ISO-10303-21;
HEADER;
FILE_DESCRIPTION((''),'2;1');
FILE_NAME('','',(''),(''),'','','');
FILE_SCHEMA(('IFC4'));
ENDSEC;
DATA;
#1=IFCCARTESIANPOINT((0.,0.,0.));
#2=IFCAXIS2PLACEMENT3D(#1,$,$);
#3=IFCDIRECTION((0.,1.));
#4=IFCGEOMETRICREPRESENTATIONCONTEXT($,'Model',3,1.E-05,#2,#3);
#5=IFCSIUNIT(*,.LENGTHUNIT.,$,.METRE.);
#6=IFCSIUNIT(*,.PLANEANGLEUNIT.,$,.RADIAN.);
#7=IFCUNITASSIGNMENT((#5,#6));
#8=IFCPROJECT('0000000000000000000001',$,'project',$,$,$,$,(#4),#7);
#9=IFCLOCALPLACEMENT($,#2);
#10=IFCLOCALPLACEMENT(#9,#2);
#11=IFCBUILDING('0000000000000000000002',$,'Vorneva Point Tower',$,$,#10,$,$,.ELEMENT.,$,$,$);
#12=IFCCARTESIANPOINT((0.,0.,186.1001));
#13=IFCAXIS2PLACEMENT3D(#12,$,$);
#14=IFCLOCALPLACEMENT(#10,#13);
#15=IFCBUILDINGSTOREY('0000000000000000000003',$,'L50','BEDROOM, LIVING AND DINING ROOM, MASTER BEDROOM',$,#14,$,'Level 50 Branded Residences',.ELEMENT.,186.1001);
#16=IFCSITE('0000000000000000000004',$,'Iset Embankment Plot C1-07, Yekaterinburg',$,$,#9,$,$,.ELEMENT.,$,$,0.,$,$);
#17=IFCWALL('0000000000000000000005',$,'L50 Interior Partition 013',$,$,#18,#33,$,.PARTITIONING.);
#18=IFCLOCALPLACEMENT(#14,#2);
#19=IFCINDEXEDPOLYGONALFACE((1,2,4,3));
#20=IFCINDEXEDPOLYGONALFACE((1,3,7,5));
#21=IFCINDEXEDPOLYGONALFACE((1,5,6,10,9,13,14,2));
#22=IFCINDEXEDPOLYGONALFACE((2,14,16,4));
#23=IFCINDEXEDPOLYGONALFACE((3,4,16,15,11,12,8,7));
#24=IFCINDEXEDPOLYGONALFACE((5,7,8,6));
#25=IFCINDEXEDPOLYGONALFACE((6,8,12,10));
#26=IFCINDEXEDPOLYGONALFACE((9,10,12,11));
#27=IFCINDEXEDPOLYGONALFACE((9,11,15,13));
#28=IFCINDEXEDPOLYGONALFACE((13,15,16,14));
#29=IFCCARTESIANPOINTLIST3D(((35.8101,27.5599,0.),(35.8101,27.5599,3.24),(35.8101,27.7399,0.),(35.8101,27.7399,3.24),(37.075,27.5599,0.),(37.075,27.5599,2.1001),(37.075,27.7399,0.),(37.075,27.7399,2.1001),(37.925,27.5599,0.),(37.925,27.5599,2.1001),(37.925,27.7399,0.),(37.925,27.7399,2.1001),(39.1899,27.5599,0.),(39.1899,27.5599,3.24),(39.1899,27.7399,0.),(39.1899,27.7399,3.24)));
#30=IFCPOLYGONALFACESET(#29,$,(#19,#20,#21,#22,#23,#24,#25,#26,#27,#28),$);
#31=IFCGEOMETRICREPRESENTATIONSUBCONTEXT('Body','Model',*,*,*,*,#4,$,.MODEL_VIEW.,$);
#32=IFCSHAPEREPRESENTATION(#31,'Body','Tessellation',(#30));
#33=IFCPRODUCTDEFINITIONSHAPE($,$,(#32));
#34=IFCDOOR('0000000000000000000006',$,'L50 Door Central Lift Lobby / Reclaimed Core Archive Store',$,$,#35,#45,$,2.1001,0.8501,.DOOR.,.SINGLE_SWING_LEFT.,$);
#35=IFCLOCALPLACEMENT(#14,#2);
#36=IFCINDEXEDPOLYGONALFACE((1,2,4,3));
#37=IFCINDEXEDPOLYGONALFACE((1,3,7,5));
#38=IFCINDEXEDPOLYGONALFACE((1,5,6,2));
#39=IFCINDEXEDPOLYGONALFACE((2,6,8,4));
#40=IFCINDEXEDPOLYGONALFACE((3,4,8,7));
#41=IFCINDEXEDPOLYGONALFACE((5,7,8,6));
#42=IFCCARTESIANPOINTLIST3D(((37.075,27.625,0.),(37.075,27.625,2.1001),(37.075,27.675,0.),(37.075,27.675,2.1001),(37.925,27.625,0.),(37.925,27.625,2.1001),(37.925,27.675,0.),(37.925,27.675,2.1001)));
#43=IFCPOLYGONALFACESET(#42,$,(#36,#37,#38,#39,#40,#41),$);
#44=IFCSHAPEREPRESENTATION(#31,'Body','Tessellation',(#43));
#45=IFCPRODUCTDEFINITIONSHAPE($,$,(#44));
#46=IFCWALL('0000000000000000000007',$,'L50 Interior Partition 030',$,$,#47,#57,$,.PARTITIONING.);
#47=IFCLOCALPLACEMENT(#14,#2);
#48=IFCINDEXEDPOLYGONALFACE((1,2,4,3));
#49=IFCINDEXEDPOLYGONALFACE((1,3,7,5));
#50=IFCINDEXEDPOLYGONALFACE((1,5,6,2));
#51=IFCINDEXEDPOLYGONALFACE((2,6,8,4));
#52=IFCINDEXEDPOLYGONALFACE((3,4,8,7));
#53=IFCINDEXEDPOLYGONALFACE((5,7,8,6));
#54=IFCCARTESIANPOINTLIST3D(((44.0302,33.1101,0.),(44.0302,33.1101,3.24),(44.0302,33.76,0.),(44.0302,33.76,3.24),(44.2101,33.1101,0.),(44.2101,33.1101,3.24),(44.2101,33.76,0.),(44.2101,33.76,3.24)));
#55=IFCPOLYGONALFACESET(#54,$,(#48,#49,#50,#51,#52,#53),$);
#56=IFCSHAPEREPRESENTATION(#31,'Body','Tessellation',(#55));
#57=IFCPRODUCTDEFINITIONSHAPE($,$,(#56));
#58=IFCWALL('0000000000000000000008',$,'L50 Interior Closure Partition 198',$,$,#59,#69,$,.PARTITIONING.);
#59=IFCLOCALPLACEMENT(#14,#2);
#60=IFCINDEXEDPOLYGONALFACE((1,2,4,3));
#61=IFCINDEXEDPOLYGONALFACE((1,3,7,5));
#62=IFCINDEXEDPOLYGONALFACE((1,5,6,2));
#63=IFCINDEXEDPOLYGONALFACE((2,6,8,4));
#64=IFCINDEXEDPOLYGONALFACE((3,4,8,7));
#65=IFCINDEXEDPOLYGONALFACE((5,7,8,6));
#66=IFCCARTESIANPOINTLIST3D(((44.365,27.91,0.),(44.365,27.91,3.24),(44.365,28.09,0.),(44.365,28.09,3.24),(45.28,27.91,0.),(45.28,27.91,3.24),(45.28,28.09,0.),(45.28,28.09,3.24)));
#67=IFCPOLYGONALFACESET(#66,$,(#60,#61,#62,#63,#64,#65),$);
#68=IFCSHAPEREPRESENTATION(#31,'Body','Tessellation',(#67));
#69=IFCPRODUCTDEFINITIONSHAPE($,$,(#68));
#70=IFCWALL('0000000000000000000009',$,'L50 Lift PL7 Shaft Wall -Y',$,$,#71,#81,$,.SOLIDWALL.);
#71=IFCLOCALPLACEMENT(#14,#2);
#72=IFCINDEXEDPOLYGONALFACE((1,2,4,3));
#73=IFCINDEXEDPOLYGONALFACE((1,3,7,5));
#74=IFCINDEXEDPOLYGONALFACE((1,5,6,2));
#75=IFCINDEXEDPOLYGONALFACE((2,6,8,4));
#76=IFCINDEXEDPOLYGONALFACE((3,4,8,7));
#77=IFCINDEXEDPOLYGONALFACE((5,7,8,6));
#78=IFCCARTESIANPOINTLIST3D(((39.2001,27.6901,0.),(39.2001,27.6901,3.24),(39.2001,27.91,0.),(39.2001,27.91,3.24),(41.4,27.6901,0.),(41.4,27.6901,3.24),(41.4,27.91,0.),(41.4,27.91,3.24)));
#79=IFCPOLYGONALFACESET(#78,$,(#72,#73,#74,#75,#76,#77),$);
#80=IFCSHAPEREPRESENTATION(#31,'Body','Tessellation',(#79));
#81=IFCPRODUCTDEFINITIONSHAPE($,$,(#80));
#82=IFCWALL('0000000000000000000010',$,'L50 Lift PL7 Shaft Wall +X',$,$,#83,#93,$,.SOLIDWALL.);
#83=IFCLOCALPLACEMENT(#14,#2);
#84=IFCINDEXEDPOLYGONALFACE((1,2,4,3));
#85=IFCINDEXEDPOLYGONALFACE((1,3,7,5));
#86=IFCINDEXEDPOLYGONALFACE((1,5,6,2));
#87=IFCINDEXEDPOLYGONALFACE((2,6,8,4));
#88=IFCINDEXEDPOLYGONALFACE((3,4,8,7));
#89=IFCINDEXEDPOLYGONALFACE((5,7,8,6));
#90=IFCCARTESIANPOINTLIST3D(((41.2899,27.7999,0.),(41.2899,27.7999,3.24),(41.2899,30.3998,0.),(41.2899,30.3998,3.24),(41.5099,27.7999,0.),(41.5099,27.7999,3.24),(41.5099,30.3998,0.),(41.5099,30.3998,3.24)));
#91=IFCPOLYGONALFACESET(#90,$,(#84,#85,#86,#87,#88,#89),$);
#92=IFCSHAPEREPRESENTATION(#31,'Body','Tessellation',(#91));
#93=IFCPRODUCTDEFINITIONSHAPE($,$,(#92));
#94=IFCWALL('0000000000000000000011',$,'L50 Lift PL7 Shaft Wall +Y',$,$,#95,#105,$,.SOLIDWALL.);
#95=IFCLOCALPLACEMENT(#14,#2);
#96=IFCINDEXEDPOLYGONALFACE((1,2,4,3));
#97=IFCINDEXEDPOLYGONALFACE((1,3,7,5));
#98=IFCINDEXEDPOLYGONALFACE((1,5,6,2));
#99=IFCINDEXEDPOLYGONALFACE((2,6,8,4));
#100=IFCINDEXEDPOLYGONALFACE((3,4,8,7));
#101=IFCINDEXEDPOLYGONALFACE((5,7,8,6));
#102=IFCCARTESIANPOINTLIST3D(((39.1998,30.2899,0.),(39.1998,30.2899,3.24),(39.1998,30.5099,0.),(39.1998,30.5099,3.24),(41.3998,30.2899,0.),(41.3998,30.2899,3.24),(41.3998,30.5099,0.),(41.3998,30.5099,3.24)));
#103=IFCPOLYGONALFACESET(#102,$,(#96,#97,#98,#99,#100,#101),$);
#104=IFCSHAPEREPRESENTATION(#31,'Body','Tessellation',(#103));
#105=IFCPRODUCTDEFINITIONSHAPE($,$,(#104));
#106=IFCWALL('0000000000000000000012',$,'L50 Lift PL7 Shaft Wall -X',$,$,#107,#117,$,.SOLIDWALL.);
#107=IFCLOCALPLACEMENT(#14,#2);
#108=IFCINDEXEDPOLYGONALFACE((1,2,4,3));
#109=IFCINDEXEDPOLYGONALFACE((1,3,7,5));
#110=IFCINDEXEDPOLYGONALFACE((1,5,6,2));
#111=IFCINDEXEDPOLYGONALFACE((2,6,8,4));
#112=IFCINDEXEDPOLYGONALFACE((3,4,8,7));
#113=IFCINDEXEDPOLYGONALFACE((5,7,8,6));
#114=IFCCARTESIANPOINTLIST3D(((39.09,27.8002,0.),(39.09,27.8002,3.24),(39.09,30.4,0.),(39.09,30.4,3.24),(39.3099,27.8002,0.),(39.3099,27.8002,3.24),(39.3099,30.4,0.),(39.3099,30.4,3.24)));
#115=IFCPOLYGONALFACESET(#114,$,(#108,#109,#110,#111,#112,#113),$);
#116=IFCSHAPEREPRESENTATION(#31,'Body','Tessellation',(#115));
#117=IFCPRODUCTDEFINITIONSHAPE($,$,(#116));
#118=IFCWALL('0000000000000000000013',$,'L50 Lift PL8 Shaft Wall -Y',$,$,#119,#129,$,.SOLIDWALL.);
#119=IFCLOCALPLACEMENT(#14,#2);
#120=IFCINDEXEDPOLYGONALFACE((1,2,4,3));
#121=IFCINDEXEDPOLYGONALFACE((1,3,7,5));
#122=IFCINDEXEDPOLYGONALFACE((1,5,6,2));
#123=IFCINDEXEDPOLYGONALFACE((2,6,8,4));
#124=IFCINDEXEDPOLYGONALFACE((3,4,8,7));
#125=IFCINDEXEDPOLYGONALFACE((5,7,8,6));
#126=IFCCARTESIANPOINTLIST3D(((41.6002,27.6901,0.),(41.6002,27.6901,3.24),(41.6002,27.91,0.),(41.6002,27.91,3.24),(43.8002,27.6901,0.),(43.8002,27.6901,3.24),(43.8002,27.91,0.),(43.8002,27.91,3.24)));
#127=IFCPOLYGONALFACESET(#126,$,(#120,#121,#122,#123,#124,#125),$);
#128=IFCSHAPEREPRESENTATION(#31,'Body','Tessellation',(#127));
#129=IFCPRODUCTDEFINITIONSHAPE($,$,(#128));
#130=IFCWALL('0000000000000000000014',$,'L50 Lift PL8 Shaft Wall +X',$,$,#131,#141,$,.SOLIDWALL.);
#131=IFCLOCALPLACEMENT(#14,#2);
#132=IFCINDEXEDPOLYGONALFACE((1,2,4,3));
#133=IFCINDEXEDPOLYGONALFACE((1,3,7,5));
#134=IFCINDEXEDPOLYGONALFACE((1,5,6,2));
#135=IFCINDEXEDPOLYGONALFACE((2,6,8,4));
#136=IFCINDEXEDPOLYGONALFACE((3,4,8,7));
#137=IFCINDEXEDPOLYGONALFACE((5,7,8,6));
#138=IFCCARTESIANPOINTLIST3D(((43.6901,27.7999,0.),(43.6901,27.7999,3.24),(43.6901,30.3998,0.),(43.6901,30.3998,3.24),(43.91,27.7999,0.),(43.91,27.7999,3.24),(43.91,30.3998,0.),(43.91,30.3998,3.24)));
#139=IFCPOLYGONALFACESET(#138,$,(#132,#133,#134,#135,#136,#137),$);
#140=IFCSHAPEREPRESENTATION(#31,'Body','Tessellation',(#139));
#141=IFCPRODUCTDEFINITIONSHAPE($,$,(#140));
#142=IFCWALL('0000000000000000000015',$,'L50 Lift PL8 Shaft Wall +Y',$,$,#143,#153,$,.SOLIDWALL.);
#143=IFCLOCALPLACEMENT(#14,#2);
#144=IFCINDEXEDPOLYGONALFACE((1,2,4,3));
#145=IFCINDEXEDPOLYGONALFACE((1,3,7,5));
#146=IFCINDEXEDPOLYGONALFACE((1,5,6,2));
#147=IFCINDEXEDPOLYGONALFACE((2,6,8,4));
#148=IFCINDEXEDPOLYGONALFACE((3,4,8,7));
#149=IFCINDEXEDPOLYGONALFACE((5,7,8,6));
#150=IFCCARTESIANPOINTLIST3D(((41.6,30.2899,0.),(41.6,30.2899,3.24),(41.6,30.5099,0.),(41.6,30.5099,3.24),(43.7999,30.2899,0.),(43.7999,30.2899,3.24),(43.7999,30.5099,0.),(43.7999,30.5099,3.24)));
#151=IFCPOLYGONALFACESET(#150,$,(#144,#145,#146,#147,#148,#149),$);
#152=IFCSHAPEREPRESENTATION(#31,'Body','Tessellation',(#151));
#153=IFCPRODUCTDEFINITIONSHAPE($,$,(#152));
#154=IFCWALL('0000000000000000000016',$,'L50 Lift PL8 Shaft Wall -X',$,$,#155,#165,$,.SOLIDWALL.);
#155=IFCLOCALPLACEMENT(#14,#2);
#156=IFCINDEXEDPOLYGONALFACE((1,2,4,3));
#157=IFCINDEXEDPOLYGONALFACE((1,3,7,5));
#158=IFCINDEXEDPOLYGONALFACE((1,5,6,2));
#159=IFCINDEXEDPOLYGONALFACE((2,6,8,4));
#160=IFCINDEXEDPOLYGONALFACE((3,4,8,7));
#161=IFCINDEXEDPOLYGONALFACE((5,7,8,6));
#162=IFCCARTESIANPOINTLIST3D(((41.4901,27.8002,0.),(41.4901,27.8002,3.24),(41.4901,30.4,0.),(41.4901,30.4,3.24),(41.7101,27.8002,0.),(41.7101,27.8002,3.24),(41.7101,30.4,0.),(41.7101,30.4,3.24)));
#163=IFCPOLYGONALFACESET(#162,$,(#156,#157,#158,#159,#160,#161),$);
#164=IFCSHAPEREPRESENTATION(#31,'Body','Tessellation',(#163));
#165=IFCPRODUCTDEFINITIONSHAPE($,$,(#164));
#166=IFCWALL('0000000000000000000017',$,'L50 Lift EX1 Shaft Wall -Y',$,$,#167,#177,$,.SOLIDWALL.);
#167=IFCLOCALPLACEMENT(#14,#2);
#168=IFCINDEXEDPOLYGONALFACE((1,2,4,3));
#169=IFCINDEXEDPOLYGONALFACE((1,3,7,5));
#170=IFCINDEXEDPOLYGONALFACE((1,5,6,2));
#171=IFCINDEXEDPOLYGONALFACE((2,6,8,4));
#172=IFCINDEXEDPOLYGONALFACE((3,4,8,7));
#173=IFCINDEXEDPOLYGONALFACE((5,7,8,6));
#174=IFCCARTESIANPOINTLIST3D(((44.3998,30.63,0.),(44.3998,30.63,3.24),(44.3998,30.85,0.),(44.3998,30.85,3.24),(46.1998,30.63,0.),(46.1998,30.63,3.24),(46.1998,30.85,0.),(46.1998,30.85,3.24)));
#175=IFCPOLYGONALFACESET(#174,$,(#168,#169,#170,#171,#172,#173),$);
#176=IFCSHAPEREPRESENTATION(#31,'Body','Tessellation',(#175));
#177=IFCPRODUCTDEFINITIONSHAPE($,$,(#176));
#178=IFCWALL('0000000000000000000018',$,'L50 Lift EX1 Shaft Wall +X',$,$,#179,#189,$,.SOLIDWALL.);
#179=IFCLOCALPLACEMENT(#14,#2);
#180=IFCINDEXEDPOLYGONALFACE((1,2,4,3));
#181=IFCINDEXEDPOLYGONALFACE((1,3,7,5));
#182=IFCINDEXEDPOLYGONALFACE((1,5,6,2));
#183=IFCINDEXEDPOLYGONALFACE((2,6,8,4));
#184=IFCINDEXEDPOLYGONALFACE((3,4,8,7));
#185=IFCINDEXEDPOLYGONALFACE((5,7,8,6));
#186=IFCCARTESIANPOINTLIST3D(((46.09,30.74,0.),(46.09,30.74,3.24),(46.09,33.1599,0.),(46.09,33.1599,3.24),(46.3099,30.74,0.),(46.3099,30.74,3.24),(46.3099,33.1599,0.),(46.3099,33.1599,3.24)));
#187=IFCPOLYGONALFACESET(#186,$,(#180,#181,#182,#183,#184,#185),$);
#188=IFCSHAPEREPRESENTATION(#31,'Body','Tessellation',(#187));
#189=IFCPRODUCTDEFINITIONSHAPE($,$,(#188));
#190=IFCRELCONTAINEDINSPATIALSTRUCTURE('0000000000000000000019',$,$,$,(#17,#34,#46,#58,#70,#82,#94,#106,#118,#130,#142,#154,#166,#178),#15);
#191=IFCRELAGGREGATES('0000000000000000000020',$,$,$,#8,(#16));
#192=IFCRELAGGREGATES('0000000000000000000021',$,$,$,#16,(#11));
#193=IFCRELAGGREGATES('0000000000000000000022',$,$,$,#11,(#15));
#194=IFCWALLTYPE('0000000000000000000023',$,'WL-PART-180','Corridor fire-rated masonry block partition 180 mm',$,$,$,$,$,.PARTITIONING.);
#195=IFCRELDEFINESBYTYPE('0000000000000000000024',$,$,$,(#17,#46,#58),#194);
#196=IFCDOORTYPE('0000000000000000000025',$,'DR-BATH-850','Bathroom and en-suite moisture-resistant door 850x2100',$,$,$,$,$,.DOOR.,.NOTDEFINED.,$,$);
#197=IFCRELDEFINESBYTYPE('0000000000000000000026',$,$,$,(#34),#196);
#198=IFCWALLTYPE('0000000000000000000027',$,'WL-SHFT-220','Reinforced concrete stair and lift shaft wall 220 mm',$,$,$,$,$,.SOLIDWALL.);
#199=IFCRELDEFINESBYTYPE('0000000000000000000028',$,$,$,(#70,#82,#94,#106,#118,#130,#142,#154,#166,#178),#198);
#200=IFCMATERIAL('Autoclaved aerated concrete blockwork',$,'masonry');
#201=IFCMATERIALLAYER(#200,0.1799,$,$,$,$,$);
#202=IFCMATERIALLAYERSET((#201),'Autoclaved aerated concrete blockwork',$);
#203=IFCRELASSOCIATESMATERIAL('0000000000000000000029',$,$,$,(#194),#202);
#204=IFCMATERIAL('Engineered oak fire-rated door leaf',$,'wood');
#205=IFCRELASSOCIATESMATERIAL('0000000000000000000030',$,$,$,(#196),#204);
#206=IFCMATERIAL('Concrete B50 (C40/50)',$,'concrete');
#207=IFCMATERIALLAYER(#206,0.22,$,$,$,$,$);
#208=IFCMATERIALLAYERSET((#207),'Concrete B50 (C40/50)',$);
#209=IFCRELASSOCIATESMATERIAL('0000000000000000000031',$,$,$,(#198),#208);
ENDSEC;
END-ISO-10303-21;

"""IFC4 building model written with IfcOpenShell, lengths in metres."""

from ifc_helpers import new_model, si_unit, direction, frame, frame_2d, origin, place, context, subcontext, project, spatial, rectangle, extrude, material, layer, layer_set, type_object, element, fill, save


model = new_model("IFC4")

# Units and contexts
model_context = context("Model", 3, precision=1e-05, world=origin(), true_north=direction((0.0, 1.0)))
body_context = subcontext(model_context, "Body", "Model", "MODEL_VIEW")
ifc_project = project(units=[si_unit("LENGTHUNIT", "METRE"), si_unit("PLANEANGLEUNIT", "RADIAN")], contexts=[model_context])

# Site, building, storey
site_placement = place(None, origin())
site = spatial("IfcSite", under=ifc_project, at=site_placement, Name="Iset Embankment Plot C1-07, Yekaterinburg", CompositionType="ELEMENT", RefElevation=0.0)
building_placement = place(site_placement, origin())
building = spatial("IfcBuilding", under=site, at=building_placement, Name="Vorneva Point Tower", CompositionType="ELEMENT")
storey_placement = place(building_placement, frame((0.0, 0.0, 186.1001)))
storey = spatial("IfcBuildingStorey", under=building, at=storey_placement, Name="L50", Description="BEDROOM, LIVING AND DINING ROOM, MASTER BEDROOM", LongName="Level 50 Branded Residences", CompositionType="ELEMENT", Elevation=186.1001)

# Shared definitions
ifc_material_1 = material(Name="Concrete B50 (C40/50)", Category="concrete")

# Wall, opening, door
ifc_material_2 = material(Name="Autoclaved aerated concrete blockwork", Category="masonry")
ifc_layer_1 = layer(ifc_material_2, 0.1799)
ifc_layer_set_1 = layer_set([ifc_layer_1], Name="Autoclaved aerated concrete blockwork")
wall_type_1 = type_object("IfcWallType", Name="WL-PART-180", Description="Corridor fire-rated masonry block partition 180 mm", PredefinedType="PARTITIONING", material=ifc_layer_set_1)
wall_1_placement = place(storey_placement, frame((39.1899, 27.6499, 0.0), z_axis=(0.0, 0.0, 1.0), x_axis=(-1.0, 0.0, 0.0)))
wall_1 = element("IfcWall", 1, at=wall_1_placement, inside=storey, type_object=wall_type_1, Name="L50 Interior Partition 013", PredefinedType="PARTITIONING", context=body_context, shape_type="SweptSolid", body=[
    extrude(rectangle(XDim=3.3799, YDim=0.1799, at=frame_2d((1.6899, 0.0))), origin(), (0.0, 0.0, 1.0), 3.24),
])
opening_1_placement = place(wall_1_placement, frame((1.2649, 0.0, 0.0)))
opening_1 = element("IfcOpeningElement", 2, at=opening_1_placement, cuts=wall_1, PredefinedType="OPENING", context=body_context, shape_type="SweptSolid", body=[
    extrude(rectangle(XDim=0.8501, YDim=2.1001, at=frame_2d((0.425, 1.05))), frame((0.0, 0.105, 0.0), z_axis=(0.0, -1.0, 0.0), x_axis=(1.0, 0.0, 0.0)), (0.0, 0.0, 1.0), 0.2097),
])
ifc_material_3 = material(Name="Engineered oak fire-rated door leaf", Category="wood")
door_type_1 = type_object("IfcDoorType", Name="DR-BATH-850", Description="Bathroom and en-suite moisture-resistant door 850x2100", OperationType="NOTDEFINED", PredefinedType="DOOR", material=ifc_material_3)
door_1_placement = place(opening_1_placement, origin())
door_1 = element("IfcDoor", 3, at=door_1_placement, inside=storey, type_object=door_type_1, Name="L50 Door Central Lift Lobby / Reclaimed Core Archive Store", OperationType="SINGLE_SWING_LEFT", OverallHeight=2.1001, OverallWidth=0.8501, PredefinedType="DOOR", context=body_context, shape_type="SweptSolid", body=[
    extrude(rectangle(XDim=0.8501, YDim=2.1001, at=frame_2d((0.425, 1.05))), frame((0.0, 0.0249, 0.0), z_axis=(0.0, -1.0, 0.0), x_axis=(1.0, 0.0, 0.0)), (0.0, 0.0, 1.0), 0.05),
])
fill(opening_1, door_1)

# Walls
wall_2_placement = place(storey_placement, frame((44.1201, 33.1101, 0.0), z_axis=(0.0, 0.0, 1.0), x_axis=(0.0, 1.0, 0.0)))
element("IfcWall", 4, at=wall_2_placement, inside=storey, type_object=wall_type_1, Name="L50 Interior Partition 030", PredefinedType="PARTITIONING", context=body_context, shape_type="SweptSolid", body=[
    extrude(rectangle(XDim=0.6499, YDim=0.1799, at=frame_2d((0.325, 0.0))), origin(), (0.0, 0.0, 1.0), 3.24),
])
wall_3_placement = place(storey_placement, frame((45.28, 28.0, 0.0), z_axis=(0.0, 0.0, 1.0), x_axis=(-1.0, 0.0, 0.0)))
element("IfcWall", 5, at=wall_3_placement, inside=storey, type_object=wall_type_1, Name="L50 Interior Closure Partition 198", PredefinedType="PARTITIONING", context=body_context, shape_type="SweptSolid", body=[
    extrude(rectangle(XDim=0.915, YDim=0.1799, at=frame_2d((0.4575, 0.0))), origin(), (0.0, 0.0, 1.0), 3.24),
])
ifc_layer_2 = layer(ifc_material_1, 0.22)
ifc_layer_set_2 = layer_set([ifc_layer_2], Name="Concrete B50 (C40/50)")
wall_type_2 = type_object("IfcWallType", Name="WL-SHFT-220", Description="Reinforced concrete stair and lift shaft wall 220 mm", PredefinedType="SOLIDWALL", material=ifc_layer_set_2)
wall_4_placement = place(storey_placement, frame((39.2, 27.8, 0.0), z_axis=(0.0, 0.0, 1.0), x_axis=(1.0, 0.0, 0.0)))
element("IfcWall", 6, at=wall_4_placement, inside=storey, type_object=wall_type_2, Name="L50 Lift PL7 Shaft Wall -Y", PredefinedType="SOLIDWALL", context=body_context, shape_type="SweptSolid", body=[
    extrude(rectangle(XDim=2.2, YDim=0.22, at=frame_2d((1.1001, 0.0))), origin(), (0.0, 0.0, 1.0), 3.24),
])
wall_5_placement = place(storey_placement, frame((41.3999, 27.8, 0.0), z_axis=(0.0, 0.0, 1.0), x_axis=(0.0, 1.0, 0.0)))
element("IfcWall", 7, at=wall_5_placement, inside=storey, type_object=wall_type_2, Name="L50 Lift PL7 Shaft Wall +X", PredefinedType="SOLIDWALL", context=body_context, shape_type="SweptSolid", body=[
    extrude(rectangle(XDim=2.5999, YDim=0.22, at=frame_2d((1.2998, 0.0))), origin(), (0.0, 0.0, 1.0), 3.24),
])
wall_6_placement = place(storey_placement, frame((41.3999, 30.3999, 0.0), z_axis=(0.0, 0.0, 1.0), x_axis=(-1.0, 0.0, 0.0)))
element("IfcWall", 8, at=wall_6_placement, inside=storey, type_object=wall_type_2, Name="L50 Lift PL7 Shaft Wall +Y", PredefinedType="SOLIDWALL", context=body_context, shape_type="SweptSolid", body=[
    extrude(rectangle(XDim=2.2, YDim=0.22, at=frame_2d((1.1001, 0.0))), origin(), (0.0, 0.0, 1.0), 3.24),
])
wall_7_placement = place(storey_placement, frame((39.2, 30.3999, 0.0), z_axis=(0.0, 0.0, 1.0), x_axis=(0.0, -1.0, 0.0)))
element("IfcWall", 9, at=wall_7_placement, inside=storey, type_object=wall_type_2, Name="L50 Lift PL7 Shaft Wall -X", PredefinedType="SOLIDWALL", context=body_context, shape_type="SweptSolid", body=[
    extrude(rectangle(XDim=2.5999, YDim=0.22, at=frame_2d((1.2998, 0.0))), origin(), (0.0, 0.0, 1.0), 3.24),
])
wall_8_placement = place(storey_placement, frame((41.6001, 27.8, 0.0), z_axis=(0.0, 0.0, 1.0), x_axis=(1.0, 0.0, 0.0)))
element("IfcWall", 10, at=wall_8_placement, inside=storey, type_object=wall_type_2, Name="L50 Lift PL8 Shaft Wall -Y", PredefinedType="SOLIDWALL", context=body_context, shape_type="SweptSolid", body=[
    extrude(rectangle(XDim=2.2, YDim=0.22, at=frame_2d((1.1001, 0.0))), origin(), (0.0, 0.0, 1.0), 3.24),
])
wall_9_placement = place(storey_placement, frame((43.8, 27.8, 0.0), z_axis=(0.0, 0.0, 1.0), x_axis=(0.0, 1.0, 0.0)))
element("IfcWall", 11, at=wall_9_placement, inside=storey, type_object=wall_type_2, Name="L50 Lift PL8 Shaft Wall +X", PredefinedType="SOLIDWALL", context=body_context, shape_type="SweptSolid", body=[
    extrude(rectangle(XDim=2.5999, YDim=0.22, at=frame_2d((1.2998, 0.0))), origin(), (0.0, 0.0, 1.0), 3.24),
])
wall_10_placement = place(storey_placement, frame((43.8, 30.3999, 0.0), z_axis=(0.0, 0.0, 1.0), x_axis=(-1.0, 0.0, 0.0)))
element("IfcWall", 12, at=wall_10_placement, inside=storey, type_object=wall_type_2, Name="L50 Lift PL8 Shaft Wall +Y", PredefinedType="SOLIDWALL", context=body_context, shape_type="SweptSolid", body=[
    extrude(rectangle(XDim=2.2, YDim=0.22, at=frame_2d((1.1001, 0.0))), origin(), (0.0, 0.0, 1.0), 3.24),
])
wall_11_placement = place(storey_placement, frame((41.6001, 30.3999, 0.0), z_axis=(0.0, 0.0, 1.0), x_axis=(0.0, -1.0, 0.0)))
element("IfcWall", 13, at=wall_11_placement, inside=storey, type_object=wall_type_2, Name="L50 Lift PL8 Shaft Wall -X", PredefinedType="SOLIDWALL", context=body_context, shape_type="SweptSolid", body=[
    extrude(rectangle(XDim=2.5999, YDim=0.22, at=frame_2d((1.2998, 0.0))), origin(), (0.0, 0.0, 1.0), 3.24),
])
wall_12_placement = place(storey_placement, frame((44.3999, 30.74, 0.0), z_axis=(0.0, 0.0, 1.0), x_axis=(1.0, 0.0, 0.0)))
element("IfcWall", 14, at=wall_12_placement, inside=storey, type_object=wall_type_2, Name="L50 Lift EX1 Shaft Wall -Y", PredefinedType="SOLIDWALL", context=body_context, shape_type="SweptSolid", body=[
    extrude(rectangle(XDim=1.8, YDim=0.22, at=frame_2d((0.8999, 0.0))), origin(), (0.0, 0.0, 1.0), 3.24),
])
wall_13_placement = place(storey_placement, frame((46.2, 30.74, 0.0), z_axis=(0.0, 0.0, 1.0), x_axis=(0.0, 1.0, 0.0)))
element("IfcWall", 15, at=wall_13_placement, inside=storey, type_object=wall_type_2, Name="L50 Lift EX1 Shaft Wall +X", PredefinedType="SOLIDWALL", context=body_context, shape_type="SweptSolid", body=[
    extrude(rectangle(XDim=2.4199, YDim=0.22, at=frame_2d((1.21, 0.0))), origin(), (0.0, 0.0, 1.0), 3.24),
])

save(model, "model.ifc")
